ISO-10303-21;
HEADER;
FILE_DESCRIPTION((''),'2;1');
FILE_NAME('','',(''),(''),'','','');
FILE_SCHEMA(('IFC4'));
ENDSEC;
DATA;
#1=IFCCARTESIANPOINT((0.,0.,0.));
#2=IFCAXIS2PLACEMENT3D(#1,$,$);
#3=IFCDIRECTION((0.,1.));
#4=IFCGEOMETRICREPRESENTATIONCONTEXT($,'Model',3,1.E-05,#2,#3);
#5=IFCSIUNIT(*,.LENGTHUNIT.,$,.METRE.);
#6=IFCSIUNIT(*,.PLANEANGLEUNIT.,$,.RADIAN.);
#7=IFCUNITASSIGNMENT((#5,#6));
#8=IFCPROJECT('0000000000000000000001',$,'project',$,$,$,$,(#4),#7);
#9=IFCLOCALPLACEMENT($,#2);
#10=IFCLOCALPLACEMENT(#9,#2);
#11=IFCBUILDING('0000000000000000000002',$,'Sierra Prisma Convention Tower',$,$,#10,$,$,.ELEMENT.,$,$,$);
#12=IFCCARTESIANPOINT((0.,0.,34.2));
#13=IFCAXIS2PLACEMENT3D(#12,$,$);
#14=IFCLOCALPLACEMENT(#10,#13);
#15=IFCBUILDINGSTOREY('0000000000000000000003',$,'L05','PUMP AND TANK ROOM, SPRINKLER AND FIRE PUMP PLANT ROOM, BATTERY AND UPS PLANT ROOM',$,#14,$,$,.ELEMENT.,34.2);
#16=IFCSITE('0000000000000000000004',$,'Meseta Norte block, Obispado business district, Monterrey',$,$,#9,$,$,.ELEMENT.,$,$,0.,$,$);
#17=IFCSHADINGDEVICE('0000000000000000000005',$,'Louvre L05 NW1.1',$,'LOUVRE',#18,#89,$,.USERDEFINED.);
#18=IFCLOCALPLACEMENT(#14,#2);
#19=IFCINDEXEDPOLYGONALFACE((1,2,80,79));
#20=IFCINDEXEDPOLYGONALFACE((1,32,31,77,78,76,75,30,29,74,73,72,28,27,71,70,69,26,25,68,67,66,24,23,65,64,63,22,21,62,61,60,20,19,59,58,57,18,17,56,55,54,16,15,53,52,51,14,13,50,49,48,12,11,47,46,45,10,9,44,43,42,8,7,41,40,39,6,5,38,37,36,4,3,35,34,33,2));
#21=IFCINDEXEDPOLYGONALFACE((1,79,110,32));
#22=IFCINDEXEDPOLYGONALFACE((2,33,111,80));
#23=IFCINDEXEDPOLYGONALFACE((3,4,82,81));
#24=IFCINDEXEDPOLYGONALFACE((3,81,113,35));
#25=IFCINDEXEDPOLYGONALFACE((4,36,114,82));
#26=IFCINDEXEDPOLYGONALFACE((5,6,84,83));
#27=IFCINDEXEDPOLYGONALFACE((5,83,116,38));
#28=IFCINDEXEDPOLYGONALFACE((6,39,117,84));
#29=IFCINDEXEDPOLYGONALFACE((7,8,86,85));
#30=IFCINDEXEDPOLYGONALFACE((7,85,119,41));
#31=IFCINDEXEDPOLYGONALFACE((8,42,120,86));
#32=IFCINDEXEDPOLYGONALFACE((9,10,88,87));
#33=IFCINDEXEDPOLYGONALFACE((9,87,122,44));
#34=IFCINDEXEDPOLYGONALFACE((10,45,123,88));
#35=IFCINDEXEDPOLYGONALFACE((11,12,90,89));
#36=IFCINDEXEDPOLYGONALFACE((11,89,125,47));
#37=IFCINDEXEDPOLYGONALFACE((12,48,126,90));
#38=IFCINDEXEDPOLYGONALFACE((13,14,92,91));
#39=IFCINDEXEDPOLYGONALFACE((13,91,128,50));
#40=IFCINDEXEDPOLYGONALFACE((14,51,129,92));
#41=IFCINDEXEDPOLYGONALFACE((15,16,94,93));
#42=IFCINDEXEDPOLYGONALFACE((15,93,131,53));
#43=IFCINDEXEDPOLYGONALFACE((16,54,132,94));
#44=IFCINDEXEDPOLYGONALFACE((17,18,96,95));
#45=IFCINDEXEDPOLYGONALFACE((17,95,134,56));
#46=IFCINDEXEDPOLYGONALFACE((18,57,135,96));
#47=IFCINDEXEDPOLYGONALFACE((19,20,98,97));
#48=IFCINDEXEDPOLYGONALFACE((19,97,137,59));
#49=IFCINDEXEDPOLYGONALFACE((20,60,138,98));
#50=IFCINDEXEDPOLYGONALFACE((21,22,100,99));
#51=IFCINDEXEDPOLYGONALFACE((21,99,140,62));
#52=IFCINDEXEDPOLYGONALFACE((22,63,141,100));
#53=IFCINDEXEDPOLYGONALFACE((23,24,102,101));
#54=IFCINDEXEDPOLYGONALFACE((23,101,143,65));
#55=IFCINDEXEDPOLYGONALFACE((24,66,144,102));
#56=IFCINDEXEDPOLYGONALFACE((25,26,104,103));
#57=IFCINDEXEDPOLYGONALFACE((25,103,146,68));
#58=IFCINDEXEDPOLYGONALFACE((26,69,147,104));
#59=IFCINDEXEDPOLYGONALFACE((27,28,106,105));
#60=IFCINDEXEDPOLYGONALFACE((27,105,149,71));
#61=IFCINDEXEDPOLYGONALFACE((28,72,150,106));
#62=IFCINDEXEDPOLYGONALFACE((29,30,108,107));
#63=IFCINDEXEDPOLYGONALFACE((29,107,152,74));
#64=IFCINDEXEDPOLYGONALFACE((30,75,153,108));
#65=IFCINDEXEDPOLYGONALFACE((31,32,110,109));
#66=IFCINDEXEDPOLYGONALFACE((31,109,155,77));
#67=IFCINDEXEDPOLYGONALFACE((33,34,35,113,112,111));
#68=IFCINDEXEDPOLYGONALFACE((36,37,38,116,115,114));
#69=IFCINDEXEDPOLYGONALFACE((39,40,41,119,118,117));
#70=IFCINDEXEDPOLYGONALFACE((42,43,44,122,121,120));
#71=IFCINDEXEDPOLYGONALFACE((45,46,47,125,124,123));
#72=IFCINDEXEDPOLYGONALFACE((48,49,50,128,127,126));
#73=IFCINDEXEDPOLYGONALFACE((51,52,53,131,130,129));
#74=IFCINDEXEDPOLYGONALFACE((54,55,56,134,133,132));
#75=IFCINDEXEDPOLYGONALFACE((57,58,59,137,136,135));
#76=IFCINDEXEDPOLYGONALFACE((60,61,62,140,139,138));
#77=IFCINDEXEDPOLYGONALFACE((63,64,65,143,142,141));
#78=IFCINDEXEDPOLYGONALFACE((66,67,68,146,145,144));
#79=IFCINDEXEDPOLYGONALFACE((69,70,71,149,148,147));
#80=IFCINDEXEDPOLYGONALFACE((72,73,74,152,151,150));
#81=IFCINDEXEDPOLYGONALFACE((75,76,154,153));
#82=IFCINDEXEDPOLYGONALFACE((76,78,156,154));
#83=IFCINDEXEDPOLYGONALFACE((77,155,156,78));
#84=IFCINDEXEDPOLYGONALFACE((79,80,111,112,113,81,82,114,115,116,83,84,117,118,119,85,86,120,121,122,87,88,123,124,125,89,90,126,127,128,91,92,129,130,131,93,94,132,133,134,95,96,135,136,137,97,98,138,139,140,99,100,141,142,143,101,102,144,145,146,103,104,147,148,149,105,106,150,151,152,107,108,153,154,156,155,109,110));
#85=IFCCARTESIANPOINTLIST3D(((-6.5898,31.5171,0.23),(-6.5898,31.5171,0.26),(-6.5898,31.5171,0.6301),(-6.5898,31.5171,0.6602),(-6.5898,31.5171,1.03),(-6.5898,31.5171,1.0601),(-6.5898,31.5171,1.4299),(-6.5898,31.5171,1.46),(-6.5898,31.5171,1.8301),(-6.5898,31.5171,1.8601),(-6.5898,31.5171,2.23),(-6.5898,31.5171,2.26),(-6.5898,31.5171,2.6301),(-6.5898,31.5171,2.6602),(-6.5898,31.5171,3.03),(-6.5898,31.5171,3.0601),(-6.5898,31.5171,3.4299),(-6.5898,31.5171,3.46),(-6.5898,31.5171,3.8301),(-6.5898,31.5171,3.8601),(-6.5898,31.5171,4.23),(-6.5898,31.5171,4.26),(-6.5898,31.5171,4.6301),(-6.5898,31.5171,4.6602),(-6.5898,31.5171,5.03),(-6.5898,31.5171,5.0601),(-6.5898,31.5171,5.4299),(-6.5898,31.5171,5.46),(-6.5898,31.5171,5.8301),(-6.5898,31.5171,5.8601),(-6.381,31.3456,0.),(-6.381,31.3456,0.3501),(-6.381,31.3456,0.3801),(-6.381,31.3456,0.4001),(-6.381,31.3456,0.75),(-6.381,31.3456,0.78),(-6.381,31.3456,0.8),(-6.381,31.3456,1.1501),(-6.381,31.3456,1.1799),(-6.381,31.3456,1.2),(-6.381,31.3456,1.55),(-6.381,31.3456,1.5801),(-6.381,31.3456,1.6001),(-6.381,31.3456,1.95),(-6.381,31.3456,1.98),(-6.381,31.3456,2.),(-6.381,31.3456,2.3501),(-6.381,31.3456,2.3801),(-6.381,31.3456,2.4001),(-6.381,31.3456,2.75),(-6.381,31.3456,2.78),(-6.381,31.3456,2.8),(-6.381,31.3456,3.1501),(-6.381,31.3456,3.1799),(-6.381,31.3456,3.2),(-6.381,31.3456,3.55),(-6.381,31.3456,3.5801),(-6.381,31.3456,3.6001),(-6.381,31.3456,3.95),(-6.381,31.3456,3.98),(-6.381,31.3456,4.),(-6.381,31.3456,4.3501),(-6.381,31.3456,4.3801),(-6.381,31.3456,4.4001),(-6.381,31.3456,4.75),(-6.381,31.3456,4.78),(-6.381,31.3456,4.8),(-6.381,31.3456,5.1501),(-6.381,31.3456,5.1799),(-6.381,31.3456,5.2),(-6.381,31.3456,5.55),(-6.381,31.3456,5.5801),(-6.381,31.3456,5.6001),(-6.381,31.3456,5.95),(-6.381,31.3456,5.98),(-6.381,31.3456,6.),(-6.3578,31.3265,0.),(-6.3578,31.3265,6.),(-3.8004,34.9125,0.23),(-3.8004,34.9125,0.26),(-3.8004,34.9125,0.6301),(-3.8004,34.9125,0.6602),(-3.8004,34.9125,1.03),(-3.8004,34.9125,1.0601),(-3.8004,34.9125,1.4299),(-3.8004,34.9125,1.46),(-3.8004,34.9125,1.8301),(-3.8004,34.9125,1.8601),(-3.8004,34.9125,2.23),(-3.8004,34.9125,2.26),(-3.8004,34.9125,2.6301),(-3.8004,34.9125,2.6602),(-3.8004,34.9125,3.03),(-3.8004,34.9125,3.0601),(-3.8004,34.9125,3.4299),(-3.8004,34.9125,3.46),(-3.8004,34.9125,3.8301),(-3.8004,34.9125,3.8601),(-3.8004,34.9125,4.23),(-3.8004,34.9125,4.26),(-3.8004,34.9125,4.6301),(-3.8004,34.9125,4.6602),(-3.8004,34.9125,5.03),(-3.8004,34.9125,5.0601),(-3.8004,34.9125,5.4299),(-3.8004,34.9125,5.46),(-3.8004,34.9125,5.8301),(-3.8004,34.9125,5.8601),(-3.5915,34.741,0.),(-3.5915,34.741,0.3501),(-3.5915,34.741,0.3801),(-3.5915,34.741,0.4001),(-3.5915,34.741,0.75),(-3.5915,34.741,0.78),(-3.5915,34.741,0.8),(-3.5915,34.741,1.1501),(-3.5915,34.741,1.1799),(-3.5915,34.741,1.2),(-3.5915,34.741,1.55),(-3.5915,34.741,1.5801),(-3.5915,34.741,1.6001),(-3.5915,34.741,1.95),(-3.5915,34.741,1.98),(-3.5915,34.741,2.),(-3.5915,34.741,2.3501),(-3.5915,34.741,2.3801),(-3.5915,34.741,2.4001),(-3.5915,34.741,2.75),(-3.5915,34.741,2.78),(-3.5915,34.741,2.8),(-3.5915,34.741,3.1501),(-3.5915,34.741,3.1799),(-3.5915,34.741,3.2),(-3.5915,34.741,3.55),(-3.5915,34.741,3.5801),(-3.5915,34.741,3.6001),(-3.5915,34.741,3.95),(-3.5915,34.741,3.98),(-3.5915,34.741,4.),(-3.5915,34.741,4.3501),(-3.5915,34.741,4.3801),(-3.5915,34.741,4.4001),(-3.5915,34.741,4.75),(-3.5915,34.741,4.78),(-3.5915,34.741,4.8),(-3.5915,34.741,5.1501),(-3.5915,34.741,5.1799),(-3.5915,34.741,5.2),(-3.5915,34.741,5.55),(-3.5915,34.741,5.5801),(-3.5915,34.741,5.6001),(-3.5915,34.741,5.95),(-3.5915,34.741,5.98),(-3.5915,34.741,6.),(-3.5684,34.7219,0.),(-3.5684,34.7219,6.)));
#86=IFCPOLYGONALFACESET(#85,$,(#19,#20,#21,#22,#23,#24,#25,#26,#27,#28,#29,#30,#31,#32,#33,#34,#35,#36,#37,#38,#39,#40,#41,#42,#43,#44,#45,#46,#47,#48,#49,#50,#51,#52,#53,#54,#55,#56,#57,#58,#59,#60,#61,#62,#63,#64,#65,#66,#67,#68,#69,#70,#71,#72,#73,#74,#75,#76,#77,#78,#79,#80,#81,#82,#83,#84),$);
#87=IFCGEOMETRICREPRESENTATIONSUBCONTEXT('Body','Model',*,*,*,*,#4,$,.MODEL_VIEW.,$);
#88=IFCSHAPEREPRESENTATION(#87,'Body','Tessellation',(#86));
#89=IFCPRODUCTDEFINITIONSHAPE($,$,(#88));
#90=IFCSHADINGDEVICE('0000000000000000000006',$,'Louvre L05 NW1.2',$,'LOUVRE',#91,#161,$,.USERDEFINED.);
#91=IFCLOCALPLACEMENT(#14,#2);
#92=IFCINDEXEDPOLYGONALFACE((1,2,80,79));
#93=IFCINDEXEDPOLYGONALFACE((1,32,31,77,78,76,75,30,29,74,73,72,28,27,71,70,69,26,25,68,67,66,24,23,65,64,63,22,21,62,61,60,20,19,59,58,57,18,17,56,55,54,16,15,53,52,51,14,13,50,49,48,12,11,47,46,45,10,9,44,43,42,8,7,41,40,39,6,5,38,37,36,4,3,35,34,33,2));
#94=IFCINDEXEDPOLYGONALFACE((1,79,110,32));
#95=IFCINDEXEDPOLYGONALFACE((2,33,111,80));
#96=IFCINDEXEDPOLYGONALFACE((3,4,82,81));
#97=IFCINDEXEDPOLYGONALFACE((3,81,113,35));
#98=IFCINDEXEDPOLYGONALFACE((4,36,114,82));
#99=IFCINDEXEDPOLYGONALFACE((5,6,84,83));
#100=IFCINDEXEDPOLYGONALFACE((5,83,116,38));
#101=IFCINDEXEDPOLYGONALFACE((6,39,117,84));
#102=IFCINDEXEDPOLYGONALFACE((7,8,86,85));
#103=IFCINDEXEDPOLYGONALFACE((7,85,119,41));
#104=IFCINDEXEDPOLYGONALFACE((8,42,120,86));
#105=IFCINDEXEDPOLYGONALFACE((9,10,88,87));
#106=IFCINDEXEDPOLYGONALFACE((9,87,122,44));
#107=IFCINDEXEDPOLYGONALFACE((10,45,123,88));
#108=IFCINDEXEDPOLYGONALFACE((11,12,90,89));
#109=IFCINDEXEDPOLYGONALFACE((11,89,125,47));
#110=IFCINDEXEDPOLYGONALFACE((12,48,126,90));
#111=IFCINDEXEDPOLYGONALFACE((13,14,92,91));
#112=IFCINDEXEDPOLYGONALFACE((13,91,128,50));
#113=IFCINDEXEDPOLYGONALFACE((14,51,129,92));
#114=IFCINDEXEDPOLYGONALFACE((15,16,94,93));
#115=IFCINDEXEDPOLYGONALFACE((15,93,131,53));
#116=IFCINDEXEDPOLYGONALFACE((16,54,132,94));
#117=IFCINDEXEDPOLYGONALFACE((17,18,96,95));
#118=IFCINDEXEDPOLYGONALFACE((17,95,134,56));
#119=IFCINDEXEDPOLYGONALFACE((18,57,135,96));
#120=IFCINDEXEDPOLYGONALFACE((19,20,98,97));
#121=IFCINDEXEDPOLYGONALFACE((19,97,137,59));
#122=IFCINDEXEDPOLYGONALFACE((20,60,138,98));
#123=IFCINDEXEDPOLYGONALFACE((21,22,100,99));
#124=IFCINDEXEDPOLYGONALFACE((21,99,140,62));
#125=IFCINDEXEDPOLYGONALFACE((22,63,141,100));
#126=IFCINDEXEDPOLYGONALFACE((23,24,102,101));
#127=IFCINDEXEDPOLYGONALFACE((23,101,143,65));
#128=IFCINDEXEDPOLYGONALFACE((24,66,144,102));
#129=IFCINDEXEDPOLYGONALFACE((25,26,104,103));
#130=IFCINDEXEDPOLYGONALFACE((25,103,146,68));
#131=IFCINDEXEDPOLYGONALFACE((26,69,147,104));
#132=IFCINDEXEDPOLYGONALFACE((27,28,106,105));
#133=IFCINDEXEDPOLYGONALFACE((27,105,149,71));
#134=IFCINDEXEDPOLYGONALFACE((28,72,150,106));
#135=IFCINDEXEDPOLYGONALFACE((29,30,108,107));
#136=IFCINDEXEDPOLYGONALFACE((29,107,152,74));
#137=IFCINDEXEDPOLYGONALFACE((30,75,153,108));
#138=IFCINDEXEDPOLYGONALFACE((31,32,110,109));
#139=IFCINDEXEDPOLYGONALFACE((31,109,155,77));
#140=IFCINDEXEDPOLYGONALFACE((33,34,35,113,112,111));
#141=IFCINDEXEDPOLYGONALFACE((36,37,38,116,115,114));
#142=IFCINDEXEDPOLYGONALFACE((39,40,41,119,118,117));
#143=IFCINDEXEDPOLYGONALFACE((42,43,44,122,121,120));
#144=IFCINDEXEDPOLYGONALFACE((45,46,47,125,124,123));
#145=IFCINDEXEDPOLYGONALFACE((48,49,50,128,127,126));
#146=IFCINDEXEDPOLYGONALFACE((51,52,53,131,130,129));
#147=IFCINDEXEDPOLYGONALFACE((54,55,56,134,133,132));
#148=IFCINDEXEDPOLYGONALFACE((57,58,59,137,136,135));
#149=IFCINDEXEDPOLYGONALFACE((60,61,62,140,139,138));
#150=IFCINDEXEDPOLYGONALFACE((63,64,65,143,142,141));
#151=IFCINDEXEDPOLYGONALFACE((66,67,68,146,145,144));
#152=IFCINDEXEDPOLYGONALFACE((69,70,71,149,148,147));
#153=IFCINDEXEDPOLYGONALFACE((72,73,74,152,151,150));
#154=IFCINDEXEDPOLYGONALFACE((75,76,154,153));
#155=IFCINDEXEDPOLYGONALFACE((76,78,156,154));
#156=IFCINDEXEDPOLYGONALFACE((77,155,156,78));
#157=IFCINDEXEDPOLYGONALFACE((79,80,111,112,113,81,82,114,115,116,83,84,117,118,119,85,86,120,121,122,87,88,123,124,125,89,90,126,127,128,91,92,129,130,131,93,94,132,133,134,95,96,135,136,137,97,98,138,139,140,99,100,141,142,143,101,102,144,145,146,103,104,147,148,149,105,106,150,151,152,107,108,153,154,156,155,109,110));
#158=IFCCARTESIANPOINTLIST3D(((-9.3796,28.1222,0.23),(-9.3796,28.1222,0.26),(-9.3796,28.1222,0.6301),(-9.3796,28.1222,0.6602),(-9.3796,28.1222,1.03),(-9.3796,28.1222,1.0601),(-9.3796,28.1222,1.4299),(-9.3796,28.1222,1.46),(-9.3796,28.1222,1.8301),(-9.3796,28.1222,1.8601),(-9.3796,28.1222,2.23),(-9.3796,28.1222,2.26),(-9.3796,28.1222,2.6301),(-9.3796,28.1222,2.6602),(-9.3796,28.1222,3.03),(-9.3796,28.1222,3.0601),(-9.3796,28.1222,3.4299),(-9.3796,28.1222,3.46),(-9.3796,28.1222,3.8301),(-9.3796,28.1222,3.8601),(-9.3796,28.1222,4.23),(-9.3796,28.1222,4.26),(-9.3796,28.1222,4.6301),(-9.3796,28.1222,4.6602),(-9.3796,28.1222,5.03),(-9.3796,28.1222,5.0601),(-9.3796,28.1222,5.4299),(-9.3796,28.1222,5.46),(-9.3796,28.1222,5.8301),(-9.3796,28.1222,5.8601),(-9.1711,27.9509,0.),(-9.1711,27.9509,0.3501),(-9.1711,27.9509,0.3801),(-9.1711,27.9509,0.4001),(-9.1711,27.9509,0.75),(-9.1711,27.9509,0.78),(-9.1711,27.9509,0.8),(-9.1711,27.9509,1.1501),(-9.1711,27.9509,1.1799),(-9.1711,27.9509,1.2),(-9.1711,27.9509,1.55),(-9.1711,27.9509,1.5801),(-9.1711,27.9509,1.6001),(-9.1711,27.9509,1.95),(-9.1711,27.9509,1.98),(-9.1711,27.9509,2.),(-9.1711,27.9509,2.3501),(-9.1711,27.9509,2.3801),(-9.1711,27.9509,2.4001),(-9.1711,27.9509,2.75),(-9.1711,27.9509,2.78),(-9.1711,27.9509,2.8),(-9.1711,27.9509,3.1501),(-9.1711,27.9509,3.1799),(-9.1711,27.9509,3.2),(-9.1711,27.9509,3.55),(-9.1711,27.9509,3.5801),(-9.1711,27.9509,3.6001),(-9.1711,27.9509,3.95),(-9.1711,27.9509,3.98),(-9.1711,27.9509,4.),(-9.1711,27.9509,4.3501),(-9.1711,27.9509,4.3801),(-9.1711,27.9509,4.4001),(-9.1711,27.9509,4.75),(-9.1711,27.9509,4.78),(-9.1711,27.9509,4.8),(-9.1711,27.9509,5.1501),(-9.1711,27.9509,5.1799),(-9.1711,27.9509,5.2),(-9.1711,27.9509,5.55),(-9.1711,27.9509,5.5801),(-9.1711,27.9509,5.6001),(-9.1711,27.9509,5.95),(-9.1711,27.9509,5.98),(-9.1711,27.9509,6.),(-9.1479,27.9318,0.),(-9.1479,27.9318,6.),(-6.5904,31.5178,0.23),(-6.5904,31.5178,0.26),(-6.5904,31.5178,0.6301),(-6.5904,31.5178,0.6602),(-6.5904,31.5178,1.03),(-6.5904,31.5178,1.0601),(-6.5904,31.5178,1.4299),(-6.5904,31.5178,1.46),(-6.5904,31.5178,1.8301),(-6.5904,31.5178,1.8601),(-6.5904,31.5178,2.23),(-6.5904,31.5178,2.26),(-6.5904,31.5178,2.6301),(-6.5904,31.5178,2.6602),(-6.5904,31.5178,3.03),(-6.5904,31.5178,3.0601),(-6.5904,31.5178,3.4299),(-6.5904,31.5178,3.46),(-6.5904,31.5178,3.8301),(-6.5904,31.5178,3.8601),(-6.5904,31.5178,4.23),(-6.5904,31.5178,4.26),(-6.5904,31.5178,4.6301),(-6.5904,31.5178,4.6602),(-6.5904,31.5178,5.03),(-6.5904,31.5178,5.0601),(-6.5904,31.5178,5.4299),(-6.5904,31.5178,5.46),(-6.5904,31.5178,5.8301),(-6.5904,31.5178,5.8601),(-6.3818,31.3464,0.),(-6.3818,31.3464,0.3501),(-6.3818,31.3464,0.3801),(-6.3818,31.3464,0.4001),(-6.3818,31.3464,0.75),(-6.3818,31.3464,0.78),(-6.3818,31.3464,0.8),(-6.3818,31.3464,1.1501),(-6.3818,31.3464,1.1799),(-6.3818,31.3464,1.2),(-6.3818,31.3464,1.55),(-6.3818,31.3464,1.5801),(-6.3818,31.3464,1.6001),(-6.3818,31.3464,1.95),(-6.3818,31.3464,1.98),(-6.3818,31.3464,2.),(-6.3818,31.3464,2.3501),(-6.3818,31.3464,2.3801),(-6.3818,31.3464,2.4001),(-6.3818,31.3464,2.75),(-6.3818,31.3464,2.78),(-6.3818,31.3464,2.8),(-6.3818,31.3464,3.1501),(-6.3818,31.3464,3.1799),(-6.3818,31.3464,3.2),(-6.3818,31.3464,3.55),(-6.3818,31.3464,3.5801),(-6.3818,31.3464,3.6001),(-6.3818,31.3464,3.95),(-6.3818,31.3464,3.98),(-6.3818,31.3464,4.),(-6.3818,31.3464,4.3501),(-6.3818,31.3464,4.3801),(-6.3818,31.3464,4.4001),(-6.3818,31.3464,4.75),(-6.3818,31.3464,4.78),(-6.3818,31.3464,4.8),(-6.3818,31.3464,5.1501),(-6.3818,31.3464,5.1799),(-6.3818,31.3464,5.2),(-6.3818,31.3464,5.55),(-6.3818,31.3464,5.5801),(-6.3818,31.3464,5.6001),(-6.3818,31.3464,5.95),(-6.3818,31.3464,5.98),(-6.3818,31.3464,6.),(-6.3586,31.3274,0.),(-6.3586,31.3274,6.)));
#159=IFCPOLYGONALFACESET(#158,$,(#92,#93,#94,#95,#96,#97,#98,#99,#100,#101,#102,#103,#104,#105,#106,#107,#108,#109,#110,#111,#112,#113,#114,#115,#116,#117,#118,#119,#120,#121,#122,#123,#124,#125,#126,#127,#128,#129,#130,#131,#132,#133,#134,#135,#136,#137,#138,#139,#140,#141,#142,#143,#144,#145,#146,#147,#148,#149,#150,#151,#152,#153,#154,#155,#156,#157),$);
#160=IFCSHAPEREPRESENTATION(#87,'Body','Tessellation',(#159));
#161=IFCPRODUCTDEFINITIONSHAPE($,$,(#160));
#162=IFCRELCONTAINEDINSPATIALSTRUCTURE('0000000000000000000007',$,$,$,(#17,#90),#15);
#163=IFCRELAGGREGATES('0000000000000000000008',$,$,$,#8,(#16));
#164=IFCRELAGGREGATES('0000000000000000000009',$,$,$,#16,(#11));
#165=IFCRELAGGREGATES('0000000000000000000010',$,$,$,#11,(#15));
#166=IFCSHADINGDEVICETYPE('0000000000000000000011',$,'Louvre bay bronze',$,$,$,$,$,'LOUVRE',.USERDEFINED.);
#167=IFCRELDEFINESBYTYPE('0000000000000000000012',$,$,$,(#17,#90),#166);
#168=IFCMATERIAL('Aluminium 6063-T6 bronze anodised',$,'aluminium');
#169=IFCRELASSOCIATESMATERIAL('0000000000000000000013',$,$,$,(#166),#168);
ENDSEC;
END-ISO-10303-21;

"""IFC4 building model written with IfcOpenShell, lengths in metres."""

from ifc_helpers import new_model, si_unit, direction, frame, origin, place, context, subcontext, project, spatial, polyline, outline, extrude, material, type_object, element, save


model = new_model("IFC4")

# Units and contexts
model_context = context("Model", 3, precision=1e-05, world=origin(), true_north=direction((0.0, 1.0)))
body_context = subcontext(model_context, "Body", "Model", "MODEL_VIEW")
ifc_project = project(units=[si_unit("LENGTHUNIT", "METRE"), si_unit("PLANEANGLEUNIT", "RADIAN")], contexts=[model_context])

# Site, building, storey
site_placement = place(None, origin())
site = spatial("IfcSite", under=ifc_project, at=site_placement, Name="Meseta Norte block, Obispado business district, Monterrey", CompositionType="ELEMENT", RefElevation=0.0)
building_placement = place(site_placement, origin())
building = spatial("IfcBuilding", under=site, at=building_placement, Name="Sierra Prisma Convention Tower", CompositionType="ELEMENT")
storey_placement = place(building_placement, frame((0.0, 0.0, 34.2)))
storey = spatial("IfcBuildingStorey", under=building, at=storey_placement, Name="L05", Description="PUMP AND TANK ROOM, SPRINKLER AND FIRE PUMP PLANT ROOM, BATTERY AND UPS PLANT ROOM", CompositionType="ELEMENT", Elevation=34.2)

# Shading devices
ifc_material_1 = material(Name="Aluminium 6063-T6 bronze anodised", Category="aluminium")
shading_device_type = type_object("IfcShadingDeviceType", Name="Louvre bay bronze", ElementType="LOUVRE", PredefinedType="USERDEFINED", material=ifc_material_1)
shading_device_1_placement = place(storey_placement, frame((-3.5684, 34.7219, 0.0), z_axis=(0.634783, 0.77269, 0.0), x_axis=(0.0, 0.0, 1.0)))
element("IfcShadingDevice", 1, at=shading_device_1_placement, inside=storey, type_object=shading_device_type, Name="Louvre L05 NW1.1", ObjectType="LOUVRE", PredefinedType="USERDEFINED", context=body_context, shape_type="SweptSolid", body=[
    extrude(outline(polyline([(0.0, 0.0), (6.0, 0.0), (6.0, -0.03), (5.98, -0.03), (5.8601, -0.3002), (5.8301, -0.3002), (5.95, -0.03), (5.6001, -0.03), (5.5801, -0.03), (5.46, -0.3002), (5.4299, -0.3002), (5.55, -0.03), (5.2, -0.03), (5.1799, -0.03), (5.0601, -0.3002), (5.03, -0.3002), (5.1501, -0.03), (4.8, -0.03), (4.78, -0.03), (4.6602, -0.3002), (4.6301, -0.3002), (4.75, -0.03), (4.4001, -0.03), (4.3801, -0.03), (4.26, -0.3002), (4.23, -0.3002), (4.3501, -0.03), (4.0, -0.03), (3.98, -0.03), (3.8601, -0.3002), (3.8301, -0.3002), (3.95, -0.03), (3.6001, -0.03), (3.5801, -0.03), (3.46, -0.3002), (3.4299, -0.3002), (3.55, -0.03), (3.2, -0.03), (3.1799, -0.03), (3.0601, -0.3002), (3.03, -0.3002), (3.1501, -0.03), (2.8, -0.03), (2.78, -0.03), (2.6602, -0.3002), (2.6301, -0.3002), (2.75, -0.03), (2.4001, -0.03), (2.3801, -0.03), (2.26, -0.3002), (2.23, -0.3002), (2.3501, -0.03), (2.0, -0.03), (1.98, -0.03), (1.8601, -0.3002), (1.8301, -0.3002), (1.95, -0.03), (1.6001, -0.03), (1.5801, -0.03), (1.46, -0.3002), (1.4299, -0.3002), (1.55, -0.03), (1.2, -0.03), (1.1799, -0.03), (1.0601, -0.3002), (1.03, -0.3002), (1.1501, -0.03), (0.8, -0.03), (0.78, -0.03), (0.6602, -0.3002), (0.6301, -0.3002), (0.75, -0.03), (0.4001, -0.03), (0.3801, -0.03), (0.26, -0.3002), (0.23, -0.3002), (0.3501, -0.03), (0.0, -0.03), (0.0, 0.0)])), origin(), (0.0, 0.0, -1.0), 4.3943),
])
shading_device_2_placement = place(storey_placement, frame((-6.3586, 31.3274, 0.0), z_axis=(0.634745, 0.772722, 0.0), x_axis=(0.0, 0.0, 1.0)))
element("IfcShadingDevice", 2, at=shading_device_2_placement, inside=storey, type_object=shading_device_type, Name="Louvre L05 NW1.2", ObjectType="LOUVRE", PredefinedType="USERDEFINED", context=body_context, shape_type="SweptSolid", body=[
    extrude(outline(polyline([(0.0, 0.0), (6.0, 0.0), (6.0, -0.03), (5.98, -0.03), (5.8601, -0.2999), (5.8301, -0.2999), (5.95, -0.03), (5.6001, -0.03), (5.5801, -0.03), (5.46, -0.2999), (5.4299, -0.2999), (5.55, -0.03), (5.2, -0.03), (5.1799, -0.03), (5.0601, -0.2999), (5.03, -0.2999), (5.1501, -0.03), (4.8, -0.03), (4.78, -0.03), (4.6602, -0.2999), (4.6301, -0.2999), (4.75, -0.03), (4.4001, -0.03), (4.3801, -0.03), (4.26, -0.2999), (4.23, -0.2999), (4.3501, -0.03), (4.0, -0.03), (3.98, -0.03), (3.8601, -0.2999), (3.8301, -0.2999), (3.95, -0.03), (3.6001, -0.03), (3.5801, -0.03), (3.46, -0.2999), (3.4299, -0.2999), (3.55, -0.03), (3.2, -0.03), (3.1799, -0.03), (3.0601, -0.2999), (3.03, -0.2999), (3.1501, -0.03), (2.8, -0.03), (2.78, -0.03), (2.6602, -0.2999), (2.6301, -0.2999), (2.75, -0.03), (2.4001, -0.03), (2.3801, -0.03), (2.26, -0.2999), (2.23, -0.2999), (2.3501, -0.03), (2.0, -0.03), (1.98, -0.03), (1.8601, -0.2999), (1.8301, -0.2999), (1.95, -0.03), (1.6001, -0.03), (1.5801, -0.03), (1.46, -0.2999), (1.4299, -0.2999), (1.55, -0.03), (1.2, -0.03), (1.1799, -0.03), (1.0601, -0.2999), (1.03, -0.2999), (1.1501, -0.03), (0.8, -0.03), (0.78, -0.03), (0.6602, -0.2999), (0.6301, -0.2999), (0.75, -0.03), (0.4001, -0.03), (0.3801, -0.03), (0.26, -0.2999), (0.23, -0.2999), (0.3501, -0.03), (0.0, -0.03), (0.0, 0.0)])), origin(), (0.0, 0.0, -1.0), 4.3943),
])

save(model, "model.ifc")
